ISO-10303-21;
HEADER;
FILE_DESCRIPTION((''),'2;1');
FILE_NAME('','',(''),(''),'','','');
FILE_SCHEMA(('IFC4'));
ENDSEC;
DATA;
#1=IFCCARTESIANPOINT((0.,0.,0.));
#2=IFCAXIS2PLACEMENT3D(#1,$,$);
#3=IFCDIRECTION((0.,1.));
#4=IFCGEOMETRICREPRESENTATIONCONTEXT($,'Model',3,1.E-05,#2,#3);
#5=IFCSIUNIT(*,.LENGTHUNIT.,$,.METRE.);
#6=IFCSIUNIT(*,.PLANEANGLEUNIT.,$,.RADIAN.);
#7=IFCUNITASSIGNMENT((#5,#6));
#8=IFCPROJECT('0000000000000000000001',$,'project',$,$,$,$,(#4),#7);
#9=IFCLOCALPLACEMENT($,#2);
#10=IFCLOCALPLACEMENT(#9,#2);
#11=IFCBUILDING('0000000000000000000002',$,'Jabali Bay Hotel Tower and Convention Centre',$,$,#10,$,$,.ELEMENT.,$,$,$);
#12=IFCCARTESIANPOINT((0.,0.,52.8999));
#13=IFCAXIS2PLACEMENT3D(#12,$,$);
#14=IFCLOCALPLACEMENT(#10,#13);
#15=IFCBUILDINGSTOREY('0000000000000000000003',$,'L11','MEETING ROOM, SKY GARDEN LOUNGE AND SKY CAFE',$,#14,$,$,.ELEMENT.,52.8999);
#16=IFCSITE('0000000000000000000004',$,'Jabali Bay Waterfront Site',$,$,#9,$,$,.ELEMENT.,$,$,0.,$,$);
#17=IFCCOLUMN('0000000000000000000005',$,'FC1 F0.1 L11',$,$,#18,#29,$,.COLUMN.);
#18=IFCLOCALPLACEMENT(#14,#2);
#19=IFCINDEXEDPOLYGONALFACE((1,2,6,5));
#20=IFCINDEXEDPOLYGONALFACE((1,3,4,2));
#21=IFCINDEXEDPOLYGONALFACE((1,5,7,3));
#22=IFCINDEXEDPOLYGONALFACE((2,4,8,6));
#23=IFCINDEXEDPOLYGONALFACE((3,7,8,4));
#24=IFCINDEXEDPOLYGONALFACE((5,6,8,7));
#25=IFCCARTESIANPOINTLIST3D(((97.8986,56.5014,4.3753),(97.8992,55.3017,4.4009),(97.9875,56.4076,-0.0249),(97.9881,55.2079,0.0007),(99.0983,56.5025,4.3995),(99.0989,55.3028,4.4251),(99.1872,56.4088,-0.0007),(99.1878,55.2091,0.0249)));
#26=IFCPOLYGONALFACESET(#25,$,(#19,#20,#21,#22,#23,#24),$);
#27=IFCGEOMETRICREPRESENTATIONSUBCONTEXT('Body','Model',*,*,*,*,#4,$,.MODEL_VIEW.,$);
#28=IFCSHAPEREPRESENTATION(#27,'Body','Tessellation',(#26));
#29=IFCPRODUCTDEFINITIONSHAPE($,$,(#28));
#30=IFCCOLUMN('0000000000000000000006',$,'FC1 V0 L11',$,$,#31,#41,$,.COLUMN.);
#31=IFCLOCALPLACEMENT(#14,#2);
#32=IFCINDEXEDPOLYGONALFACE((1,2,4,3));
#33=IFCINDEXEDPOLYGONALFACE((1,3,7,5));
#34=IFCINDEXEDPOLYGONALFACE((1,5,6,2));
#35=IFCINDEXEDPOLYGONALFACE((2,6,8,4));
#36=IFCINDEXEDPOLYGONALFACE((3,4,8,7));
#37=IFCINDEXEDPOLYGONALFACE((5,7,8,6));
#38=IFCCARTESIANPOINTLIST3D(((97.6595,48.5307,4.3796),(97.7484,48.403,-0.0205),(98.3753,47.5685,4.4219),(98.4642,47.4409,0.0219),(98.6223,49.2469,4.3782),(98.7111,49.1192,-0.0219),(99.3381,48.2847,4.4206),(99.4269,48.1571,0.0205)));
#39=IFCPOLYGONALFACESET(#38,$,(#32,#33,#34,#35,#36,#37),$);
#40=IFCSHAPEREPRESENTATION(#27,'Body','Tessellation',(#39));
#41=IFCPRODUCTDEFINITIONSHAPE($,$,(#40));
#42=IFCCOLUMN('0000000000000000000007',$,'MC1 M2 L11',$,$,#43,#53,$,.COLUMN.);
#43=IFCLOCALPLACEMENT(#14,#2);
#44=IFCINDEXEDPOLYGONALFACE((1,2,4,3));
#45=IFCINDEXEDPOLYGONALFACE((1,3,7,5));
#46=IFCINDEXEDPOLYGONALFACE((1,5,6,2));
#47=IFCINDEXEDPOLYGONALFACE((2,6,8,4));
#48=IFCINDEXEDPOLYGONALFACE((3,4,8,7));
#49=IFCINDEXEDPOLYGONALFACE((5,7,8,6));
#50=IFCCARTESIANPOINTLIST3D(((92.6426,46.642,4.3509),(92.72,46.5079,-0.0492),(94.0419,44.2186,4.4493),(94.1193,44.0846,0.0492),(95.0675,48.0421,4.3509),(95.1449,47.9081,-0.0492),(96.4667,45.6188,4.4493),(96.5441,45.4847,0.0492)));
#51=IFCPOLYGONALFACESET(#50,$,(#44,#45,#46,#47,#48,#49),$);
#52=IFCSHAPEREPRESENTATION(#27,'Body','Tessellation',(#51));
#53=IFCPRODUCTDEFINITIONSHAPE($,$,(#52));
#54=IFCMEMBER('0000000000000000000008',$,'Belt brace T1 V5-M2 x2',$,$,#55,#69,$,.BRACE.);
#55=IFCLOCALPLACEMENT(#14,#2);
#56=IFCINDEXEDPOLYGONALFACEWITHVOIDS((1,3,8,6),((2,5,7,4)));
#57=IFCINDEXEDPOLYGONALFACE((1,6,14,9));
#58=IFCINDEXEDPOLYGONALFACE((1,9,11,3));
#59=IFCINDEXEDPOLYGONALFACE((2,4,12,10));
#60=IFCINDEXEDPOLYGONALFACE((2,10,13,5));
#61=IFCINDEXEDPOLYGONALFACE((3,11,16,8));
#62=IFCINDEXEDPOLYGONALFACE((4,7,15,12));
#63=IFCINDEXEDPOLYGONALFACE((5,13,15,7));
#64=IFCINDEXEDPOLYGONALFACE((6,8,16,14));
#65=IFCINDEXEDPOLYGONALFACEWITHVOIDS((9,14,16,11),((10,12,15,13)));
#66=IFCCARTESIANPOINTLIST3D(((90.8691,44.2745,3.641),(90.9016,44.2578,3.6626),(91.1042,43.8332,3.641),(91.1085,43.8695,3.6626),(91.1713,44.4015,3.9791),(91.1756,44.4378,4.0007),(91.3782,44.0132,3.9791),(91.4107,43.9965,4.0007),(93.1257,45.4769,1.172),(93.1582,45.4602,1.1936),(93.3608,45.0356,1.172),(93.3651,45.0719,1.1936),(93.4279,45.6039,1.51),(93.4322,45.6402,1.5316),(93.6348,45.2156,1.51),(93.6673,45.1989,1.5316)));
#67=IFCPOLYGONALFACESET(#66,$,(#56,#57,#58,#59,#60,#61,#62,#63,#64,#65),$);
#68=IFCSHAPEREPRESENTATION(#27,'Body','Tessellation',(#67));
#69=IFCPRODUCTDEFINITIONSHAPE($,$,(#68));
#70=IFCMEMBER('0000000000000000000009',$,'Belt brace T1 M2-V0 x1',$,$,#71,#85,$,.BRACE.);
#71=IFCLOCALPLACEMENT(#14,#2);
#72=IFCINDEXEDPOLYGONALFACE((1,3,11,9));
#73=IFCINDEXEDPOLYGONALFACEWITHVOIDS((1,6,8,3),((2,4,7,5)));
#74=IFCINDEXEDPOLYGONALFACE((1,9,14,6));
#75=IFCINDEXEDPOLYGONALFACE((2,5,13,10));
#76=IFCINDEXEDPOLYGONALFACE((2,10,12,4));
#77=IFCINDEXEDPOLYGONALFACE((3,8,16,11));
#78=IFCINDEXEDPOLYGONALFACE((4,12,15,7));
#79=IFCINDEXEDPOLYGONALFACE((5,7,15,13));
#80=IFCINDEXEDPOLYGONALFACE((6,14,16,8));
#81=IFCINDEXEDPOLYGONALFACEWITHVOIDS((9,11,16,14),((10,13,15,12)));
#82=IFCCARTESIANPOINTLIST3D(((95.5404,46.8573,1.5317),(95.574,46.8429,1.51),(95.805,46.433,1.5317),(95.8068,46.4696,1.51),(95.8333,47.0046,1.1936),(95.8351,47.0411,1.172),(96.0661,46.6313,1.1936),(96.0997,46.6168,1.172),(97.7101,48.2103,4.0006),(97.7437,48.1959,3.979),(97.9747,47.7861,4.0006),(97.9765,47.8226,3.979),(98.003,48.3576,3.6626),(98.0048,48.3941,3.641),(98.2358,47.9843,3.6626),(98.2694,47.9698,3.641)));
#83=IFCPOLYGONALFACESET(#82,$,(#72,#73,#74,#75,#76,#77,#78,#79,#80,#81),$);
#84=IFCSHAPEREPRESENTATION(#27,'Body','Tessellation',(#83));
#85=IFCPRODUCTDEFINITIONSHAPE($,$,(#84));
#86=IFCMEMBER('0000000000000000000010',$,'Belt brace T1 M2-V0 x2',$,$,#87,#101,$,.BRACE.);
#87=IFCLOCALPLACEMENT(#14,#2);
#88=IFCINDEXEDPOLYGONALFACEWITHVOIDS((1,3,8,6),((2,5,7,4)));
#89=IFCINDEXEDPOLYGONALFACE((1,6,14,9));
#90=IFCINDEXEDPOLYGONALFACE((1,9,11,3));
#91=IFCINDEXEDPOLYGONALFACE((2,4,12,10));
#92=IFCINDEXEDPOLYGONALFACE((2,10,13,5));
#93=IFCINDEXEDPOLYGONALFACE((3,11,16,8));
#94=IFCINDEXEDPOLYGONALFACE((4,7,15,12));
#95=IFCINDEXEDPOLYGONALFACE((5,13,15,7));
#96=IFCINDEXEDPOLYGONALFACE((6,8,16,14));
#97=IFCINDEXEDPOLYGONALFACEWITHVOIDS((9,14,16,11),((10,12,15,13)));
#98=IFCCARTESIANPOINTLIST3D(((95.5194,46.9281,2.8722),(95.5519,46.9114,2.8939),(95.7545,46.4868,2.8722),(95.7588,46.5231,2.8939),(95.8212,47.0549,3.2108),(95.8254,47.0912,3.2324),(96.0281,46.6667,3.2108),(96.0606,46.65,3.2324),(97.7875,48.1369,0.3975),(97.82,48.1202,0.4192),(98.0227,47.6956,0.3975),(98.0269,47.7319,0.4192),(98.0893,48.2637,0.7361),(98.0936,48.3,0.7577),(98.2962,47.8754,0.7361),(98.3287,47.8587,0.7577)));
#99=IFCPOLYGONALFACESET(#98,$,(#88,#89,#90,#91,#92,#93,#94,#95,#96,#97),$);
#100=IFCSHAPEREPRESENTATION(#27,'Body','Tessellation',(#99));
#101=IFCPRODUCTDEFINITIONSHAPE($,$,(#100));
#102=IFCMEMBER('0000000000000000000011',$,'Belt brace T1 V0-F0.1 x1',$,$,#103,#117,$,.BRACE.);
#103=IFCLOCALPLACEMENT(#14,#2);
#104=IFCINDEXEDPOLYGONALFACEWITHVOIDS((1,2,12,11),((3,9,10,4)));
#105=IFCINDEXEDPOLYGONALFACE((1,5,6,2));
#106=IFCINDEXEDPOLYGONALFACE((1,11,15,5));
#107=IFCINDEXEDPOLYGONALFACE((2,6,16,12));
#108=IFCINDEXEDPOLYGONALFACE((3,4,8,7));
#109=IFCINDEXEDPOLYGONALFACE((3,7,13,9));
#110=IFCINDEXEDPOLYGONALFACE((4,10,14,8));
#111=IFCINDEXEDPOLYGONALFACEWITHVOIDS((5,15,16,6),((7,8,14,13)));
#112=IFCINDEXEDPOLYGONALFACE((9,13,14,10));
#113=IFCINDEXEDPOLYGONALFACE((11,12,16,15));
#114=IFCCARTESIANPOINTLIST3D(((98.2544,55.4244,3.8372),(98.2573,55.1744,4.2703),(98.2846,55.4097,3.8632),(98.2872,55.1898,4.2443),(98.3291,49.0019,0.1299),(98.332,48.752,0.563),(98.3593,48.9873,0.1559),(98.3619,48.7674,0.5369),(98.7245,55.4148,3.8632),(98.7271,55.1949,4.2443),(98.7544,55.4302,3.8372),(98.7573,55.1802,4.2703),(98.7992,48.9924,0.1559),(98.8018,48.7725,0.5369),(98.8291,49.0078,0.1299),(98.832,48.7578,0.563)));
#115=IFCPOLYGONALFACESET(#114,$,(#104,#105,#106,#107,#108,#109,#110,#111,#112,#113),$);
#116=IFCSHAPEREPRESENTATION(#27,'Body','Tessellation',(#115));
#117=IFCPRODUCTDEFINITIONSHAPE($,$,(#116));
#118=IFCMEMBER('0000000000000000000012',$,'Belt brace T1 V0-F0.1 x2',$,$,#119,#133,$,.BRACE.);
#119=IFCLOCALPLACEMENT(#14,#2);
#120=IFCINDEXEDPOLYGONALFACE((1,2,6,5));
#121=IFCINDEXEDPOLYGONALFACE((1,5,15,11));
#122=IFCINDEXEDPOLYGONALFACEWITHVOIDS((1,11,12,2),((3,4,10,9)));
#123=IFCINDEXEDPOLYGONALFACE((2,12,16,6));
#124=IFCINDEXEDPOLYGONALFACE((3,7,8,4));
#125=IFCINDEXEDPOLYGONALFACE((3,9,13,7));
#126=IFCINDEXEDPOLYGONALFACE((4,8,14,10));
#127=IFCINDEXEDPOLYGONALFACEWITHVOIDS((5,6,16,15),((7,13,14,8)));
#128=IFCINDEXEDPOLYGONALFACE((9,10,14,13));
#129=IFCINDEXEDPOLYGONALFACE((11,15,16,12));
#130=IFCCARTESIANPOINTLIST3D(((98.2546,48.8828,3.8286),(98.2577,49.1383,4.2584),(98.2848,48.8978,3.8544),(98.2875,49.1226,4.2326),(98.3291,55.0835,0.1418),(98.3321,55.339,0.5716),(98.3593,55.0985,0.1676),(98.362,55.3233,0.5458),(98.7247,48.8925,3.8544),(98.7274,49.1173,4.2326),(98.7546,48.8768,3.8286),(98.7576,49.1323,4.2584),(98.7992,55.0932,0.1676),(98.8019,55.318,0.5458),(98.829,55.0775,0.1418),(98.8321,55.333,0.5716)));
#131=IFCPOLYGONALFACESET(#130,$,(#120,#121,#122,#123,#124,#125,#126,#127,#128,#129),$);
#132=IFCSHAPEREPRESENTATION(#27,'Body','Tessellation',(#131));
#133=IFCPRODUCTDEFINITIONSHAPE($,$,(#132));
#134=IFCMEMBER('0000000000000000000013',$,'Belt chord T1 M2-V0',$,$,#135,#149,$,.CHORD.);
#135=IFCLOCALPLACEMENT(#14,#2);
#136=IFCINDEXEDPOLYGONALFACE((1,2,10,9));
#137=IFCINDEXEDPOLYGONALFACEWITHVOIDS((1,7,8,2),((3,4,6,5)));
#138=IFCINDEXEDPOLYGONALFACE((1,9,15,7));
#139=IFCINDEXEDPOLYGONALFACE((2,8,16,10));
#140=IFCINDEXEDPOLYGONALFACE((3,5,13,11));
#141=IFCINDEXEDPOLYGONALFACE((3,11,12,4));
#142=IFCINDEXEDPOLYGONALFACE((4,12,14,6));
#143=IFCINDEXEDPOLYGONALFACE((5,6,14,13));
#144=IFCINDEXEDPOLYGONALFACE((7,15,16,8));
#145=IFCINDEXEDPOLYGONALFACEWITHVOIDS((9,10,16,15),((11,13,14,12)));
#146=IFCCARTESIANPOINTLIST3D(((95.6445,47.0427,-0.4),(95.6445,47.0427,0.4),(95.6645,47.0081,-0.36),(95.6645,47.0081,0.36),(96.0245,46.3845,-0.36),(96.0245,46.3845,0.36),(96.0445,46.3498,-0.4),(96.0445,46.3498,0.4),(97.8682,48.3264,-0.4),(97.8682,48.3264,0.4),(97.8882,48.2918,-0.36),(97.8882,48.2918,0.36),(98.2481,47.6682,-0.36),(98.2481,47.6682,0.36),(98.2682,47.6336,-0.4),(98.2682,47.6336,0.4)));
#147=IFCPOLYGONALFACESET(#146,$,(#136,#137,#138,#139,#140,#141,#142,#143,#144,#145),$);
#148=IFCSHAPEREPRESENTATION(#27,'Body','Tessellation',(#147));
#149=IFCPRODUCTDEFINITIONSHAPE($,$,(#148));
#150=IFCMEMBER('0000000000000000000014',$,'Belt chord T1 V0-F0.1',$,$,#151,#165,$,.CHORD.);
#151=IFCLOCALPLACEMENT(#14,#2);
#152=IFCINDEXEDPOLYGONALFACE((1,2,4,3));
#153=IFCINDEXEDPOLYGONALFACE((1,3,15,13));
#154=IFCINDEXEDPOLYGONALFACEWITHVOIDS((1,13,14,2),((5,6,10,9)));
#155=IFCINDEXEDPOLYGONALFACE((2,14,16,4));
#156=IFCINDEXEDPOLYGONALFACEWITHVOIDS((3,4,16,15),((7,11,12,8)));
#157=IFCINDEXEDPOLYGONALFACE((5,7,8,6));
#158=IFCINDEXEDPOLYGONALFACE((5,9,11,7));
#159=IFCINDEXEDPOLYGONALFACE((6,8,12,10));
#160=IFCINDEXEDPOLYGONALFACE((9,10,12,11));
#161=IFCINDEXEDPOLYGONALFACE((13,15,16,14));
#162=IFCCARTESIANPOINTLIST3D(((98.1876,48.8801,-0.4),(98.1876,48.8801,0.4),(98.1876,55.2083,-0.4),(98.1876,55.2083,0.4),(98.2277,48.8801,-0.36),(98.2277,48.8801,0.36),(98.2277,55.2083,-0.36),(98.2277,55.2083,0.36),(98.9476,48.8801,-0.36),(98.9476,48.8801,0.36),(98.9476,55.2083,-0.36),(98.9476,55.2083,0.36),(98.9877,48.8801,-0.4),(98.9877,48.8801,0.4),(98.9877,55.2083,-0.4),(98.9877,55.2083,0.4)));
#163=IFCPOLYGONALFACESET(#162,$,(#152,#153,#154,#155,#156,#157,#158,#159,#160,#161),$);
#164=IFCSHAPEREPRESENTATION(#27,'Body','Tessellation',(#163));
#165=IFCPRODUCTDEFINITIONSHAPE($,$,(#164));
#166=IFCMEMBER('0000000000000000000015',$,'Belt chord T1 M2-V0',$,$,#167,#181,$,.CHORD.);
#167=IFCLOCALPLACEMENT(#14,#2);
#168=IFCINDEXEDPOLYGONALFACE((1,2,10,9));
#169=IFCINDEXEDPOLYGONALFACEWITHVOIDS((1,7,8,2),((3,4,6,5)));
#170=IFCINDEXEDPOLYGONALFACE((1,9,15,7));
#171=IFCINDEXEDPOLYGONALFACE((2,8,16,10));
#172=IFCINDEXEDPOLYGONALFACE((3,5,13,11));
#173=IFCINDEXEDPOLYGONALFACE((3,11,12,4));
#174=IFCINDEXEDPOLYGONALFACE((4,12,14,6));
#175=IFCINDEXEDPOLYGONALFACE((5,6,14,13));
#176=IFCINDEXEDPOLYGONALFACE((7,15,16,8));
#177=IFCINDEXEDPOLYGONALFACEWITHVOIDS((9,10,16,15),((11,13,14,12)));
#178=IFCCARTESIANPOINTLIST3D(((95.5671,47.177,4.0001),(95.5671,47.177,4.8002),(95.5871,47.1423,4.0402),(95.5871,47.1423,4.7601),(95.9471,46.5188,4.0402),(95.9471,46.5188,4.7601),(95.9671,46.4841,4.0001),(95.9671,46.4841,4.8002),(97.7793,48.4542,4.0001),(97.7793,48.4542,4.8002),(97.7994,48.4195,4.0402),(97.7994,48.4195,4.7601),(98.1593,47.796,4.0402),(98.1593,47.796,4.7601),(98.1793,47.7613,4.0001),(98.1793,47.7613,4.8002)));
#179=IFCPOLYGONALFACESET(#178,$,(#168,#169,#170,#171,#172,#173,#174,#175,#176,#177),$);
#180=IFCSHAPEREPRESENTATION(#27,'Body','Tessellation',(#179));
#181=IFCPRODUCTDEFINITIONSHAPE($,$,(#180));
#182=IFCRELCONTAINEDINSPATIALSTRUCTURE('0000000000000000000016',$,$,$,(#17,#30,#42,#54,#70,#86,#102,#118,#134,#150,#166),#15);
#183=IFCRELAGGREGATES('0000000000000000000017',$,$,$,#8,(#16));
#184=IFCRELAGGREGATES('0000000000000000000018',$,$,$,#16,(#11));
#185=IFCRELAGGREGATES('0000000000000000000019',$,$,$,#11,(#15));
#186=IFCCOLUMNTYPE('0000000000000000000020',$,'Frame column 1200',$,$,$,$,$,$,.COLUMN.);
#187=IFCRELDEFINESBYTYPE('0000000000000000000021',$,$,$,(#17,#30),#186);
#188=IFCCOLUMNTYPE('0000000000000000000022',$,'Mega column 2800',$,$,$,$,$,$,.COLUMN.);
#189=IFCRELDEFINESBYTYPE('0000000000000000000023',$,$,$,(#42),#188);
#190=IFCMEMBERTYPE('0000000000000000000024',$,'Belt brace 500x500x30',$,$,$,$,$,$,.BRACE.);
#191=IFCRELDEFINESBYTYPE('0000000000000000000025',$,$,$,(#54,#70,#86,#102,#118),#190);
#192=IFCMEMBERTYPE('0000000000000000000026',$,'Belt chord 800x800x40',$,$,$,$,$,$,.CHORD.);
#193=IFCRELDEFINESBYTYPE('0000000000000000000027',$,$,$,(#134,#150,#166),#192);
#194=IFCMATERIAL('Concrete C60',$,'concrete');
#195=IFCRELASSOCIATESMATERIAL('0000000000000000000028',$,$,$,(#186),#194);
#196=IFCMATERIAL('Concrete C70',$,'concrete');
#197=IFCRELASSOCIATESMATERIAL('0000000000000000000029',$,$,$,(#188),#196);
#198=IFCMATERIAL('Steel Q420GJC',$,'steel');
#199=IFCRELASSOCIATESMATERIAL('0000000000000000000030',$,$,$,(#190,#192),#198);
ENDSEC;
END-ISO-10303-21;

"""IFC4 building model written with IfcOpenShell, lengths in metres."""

from ifc_helpers import new_model, si_unit, direction, frame, origin, origin_2d, place, context, subcontext, project, spatial, rectangle, hollow_rectangle, extrude, material, material_profile, profile_set, type_object, element, save


model = new_model("IFC4")

# Units and contexts
model_context = context("Model", 3, precision=1e-05, world=origin(), true_north=direction((0.0, 1.0)))
body_context = subcontext(model_context, "Body", "Model", "MODEL_VIEW")
ifc_project = project(units=[si_unit("LENGTHUNIT", "METRE"), si_unit("PLANEANGLEUNIT", "RADIAN")], contexts=[model_context])

# Site, building, storey
site_placement = place(None, origin())
site = spatial("IfcSite", under=ifc_project, at=site_placement, Name="Jabali Bay Waterfront Site", CompositionType="ELEMENT", RefElevation=0.0)
building_placement = place(site_placement, origin())
building = spatial("IfcBuilding", under=site, at=building_placement, Name="Jabali Bay Hotel Tower and Convention Centre", CompositionType="ELEMENT")
storey_placement = place(building_placement, frame((0.0, 0.0, 52.8999)))
storey = spatial("IfcBuildingStorey", under=building, at=storey_placement, Name="L11", Description="MEETING ROOM, SKY GARDEN LOUNGE AND SKY CAFE", CompositionType="ELEMENT", Elevation=52.8999)

# Columns
ifc_material_1 = material(Name="Concrete C60", Category="concrete")
ifc_material_profile_1 = material_profile(ifc_material_1, rectangle(XDim=1.2, YDim=1.2, at=origin_2d()), Name="Frame column 1200")
ifc_profile_set_1 = profile_set([ifc_material_profile_1], Name="Concrete C60")
column_type_1 = type_object("IfcColumnType", Name="Frame column 1200", PredefinedType="COLUMN", material=ifc_profile_set_1)
column_1_placement = place(storey_placement, frame((98.5876, 55.8083, 0.0), z_axis=(-0.020188, 0.021297, 0.999569), x_axis=(0.000515, -0.999773, 0.021312)))
element("IfcColumn", 1, at=column_1_placement, inside=storey, type_object=column_type_1, Name="FC1 F0.1 L11", PredefinedType="COLUMN", context=body_context, shape_type="SweptSolid", body=[
    extrude(rectangle(XDim=1.2, YDim=1.2, at=origin_2d()), origin(), (0.0, 0.0, 1.0), 4.4021),
])
column_2_placement = place(storey_placement, frame((98.5876, 48.28, 0.0), z_axis=(-0.020184, 0.029, 0.999376), x_axis=(-0.802342, -0.596864, 0.001116)))
element("IfcColumn", 2, at=column_2_placement, inside=storey, type_object=column_type_1, Name="FC1 V0 L11", PredefinedType="COLUMN", context=body_context, shape_type="SweptSolid", body=[
    extrude(rectangle(XDim=1.2, YDim=1.2, at=origin_2d()), origin(), (0.0, 0.0, 1.0), 4.4028),
])
ifc_material_2 = material(Name="Concrete C70", Category="concrete")
ifc_material_profile_2 = material_profile(ifc_material_2, rectangle(XDim=2.8, YDim=2.8, at=origin_2d()), Name="Mega column 2800")
ifc_profile_set_2 = profile_set([ifc_material_profile_2], Name="Concrete C70")
column_type_2 = type_object("IfcColumnType", Name="Mega column 2800", PredefinedType="COLUMN", material=ifc_profile_set_2)
column_3_placement = place(storey_placement, frame((94.6321, 45.9963, 0.0), z_axis=(-0.017578, 0.030442, 0.999382), x_axis=(-0.866001, -0.500043, 0.0)))
element("IfcColumn", 3, at=column_3_placement, inside=storey, type_object=column_type_2, Name="MC1 M2 L11", PredefinedType="COLUMN", context=body_context, shape_type="SweptSolid", body=[
    extrude(rectangle(XDim=2.8, YDim=2.8, at=origin_2d()), origin(), (0.0, 0.0, 1.0), 4.4028),
])

# Members
ifc_material_3 = material(Name="Steel Q420GJC", Category="steel")
ifc_material_profile_3 = material_profile(ifc_material_3, hollow_rectangle(XDim=0.5, YDim=0.5, WallThickness=0.03, at=origin_2d()), Name="Belt brace 500x500x30")
ifc_profile_set_3 = profile_set([ifc_material_profile_3], Name="Steel Q420GJC")
member_type_1 = type_object("IfcMemberType", Name="Belt brace 500x500x30", PredefinedType="BRACE", material=ifc_profile_set_3)
for number, where, z_axis, x_axis, name in (
    (4, (93.3965, 45.3379, 1.3518), (-0.63487, -0.338281, 0.694627), (0.470246, -0.882535, 0.0), "Belt brace T1 V5-M2 x2"),
    (5, (95.8201, 46.7371, 1.3518), (0.610412, 0.380657, 0.694621), (-0.529149, 0.848529, 0.0), "Belt brace T1 M2-V0 x1"),
):
    element("IfcMember", number, at=place(storey_placement, frame(where, z_axis=z_axis, x_axis=x_axis)), inside=storey, type_object=member_type_1, Name=name, PredefinedType="BRACE", context=body_context, shape_type="SweptSolid", body=[
        extrude(hollow_rectangle(XDim=0.5, YDim=0.5, WallThickness=0.03, at=origin_2d()), origin(), (0.0, 0.0, 1.0), 3.5544),
    ])
member_1_placement = place(storey_placement, frame((98.0581, 47.9978, 0.5776), z_axis=(-0.635713, -0.338796, 0.693604), x_axis=(0.470317, -0.882498, 0.0)))
element("IfcMember", 6, at=member_1_placement, inside=storey, type_object=member_type_1, Name="Belt brace T1 M2-V0 x2", PredefinedType="BRACE", context=body_context, shape_type="SweptSolid", body=[
    extrude(hollow_rectangle(XDim=0.5, YDim=0.5, WallThickness=0.03, at=origin_2d()), origin(), (0.0, 0.0, 1.0), 3.5679),
])
member_2_placement = place(storey_placement, frame((98.5806, 48.8799, 0.3464), z_axis=(-0.010074, 0.866021, 0.499906), x_axis=(-0.999932, -0.011632, 0.0)))
element("IfcMember", 7, at=member_2_placement, inside=storey, type_object=member_type_1, Name="Belt brace T1 V0-F0.1 x1", PredefinedType="BRACE", context=body_context, shape_type="SweptSolid", body=[
    extrude(hollow_rectangle(XDim=0.5, YDim=0.5, WallThickness=0.03, at=origin_2d()), origin(), (0.0, 0.0, 1.0), 7.416),
])
member_3_placement = place(storey_placement, frame((98.5806, 55.2083, 0.3567), z_axis=(-0.010322, -0.859498, 0.511035), x_axis=(0.999928, -0.012008, 0.0)))
element("IfcMember", 8, at=member_3_placement, inside=storey, type_object=member_type_1, Name="Belt brace T1 V0-F0.1 x2", PredefinedType="BRACE", context=body_context, shape_type="SweptSolid", body=[
    extrude(hollow_rectangle(XDim=0.5, YDim=0.5, WallThickness=0.03, at=origin_2d()), origin(), (0.0, 0.0, 1.0), 7.2144),
])
ifc_material_profile_4 = material_profile(ifc_material_3, hollow_rectangle(XDim=0.8, YDim=0.8, WallThickness=0.04, at=origin_2d()), Name="Belt chord 800x800x40")
ifc_profile_set_4 = profile_set([ifc_material_profile_4], Name="Steel Q420GJC")
member_type_2 = type_object("IfcMemberType", Name="Belt chord 800x800x40", PredefinedType="CHORD", material=ifc_profile_set_4)
member_4_placement = place(storey_placement, frame((95.8445, 46.6963, 0.0), z_axis=(0.866046, 0.499964, 0.0), x_axis=(-0.499964, 0.866046, 0.0)))
element("IfcMember", 9, at=member_4_placement, inside=storey, type_object=member_type_2, Name="Belt chord T1 M2-V0", PredefinedType="CHORD", context=body_context, shape_type="SweptSolid", body=[
    extrude(hollow_rectangle(XDim=0.8, YDim=0.8, WallThickness=0.04, at=origin_2d()), origin(), (0.0, 0.0, 1.0), 2.5676),
])
member_5_placement = place(storey_placement, frame((98.5876, 48.8801, 0.0), z_axis=(0.0, 1.0, 0.0), x_axis=(-1.0, 0.0, 0.0)))
element("IfcMember", 10, at=member_5_placement, inside=storey, type_object=member_type_2, Name="Belt chord T1 V0-F0.1", PredefinedType="CHORD", context=body_context, shape_type="SweptSolid", body=[
    extrude(hollow_rectangle(XDim=0.8, YDim=0.8, WallThickness=0.04, at=origin_2d()), origin(), (0.0, 0.0, 1.0), 6.3281),
])
member_6_placement = place(storey_placement, frame((95.7671, 46.8306, 4.4001), z_axis=(0.866041, 0.499973, 0.0), x_axis=(-0.499973, 0.866041, 0.0)))
element("IfcMember", 11, at=member_6_placement, inside=storey, type_object=member_type_2, Name="Belt chord T1 M2-V0", PredefinedType="CHORD", context=body_context, shape_type="SweptSolid", body=[
    extrude(hollow_rectangle(XDim=0.8, YDim=0.8, WallThickness=0.04, at=origin_2d()), origin(), (0.0, 0.0, 1.0), 2.5544),
])

save(model, "model.ifc")
